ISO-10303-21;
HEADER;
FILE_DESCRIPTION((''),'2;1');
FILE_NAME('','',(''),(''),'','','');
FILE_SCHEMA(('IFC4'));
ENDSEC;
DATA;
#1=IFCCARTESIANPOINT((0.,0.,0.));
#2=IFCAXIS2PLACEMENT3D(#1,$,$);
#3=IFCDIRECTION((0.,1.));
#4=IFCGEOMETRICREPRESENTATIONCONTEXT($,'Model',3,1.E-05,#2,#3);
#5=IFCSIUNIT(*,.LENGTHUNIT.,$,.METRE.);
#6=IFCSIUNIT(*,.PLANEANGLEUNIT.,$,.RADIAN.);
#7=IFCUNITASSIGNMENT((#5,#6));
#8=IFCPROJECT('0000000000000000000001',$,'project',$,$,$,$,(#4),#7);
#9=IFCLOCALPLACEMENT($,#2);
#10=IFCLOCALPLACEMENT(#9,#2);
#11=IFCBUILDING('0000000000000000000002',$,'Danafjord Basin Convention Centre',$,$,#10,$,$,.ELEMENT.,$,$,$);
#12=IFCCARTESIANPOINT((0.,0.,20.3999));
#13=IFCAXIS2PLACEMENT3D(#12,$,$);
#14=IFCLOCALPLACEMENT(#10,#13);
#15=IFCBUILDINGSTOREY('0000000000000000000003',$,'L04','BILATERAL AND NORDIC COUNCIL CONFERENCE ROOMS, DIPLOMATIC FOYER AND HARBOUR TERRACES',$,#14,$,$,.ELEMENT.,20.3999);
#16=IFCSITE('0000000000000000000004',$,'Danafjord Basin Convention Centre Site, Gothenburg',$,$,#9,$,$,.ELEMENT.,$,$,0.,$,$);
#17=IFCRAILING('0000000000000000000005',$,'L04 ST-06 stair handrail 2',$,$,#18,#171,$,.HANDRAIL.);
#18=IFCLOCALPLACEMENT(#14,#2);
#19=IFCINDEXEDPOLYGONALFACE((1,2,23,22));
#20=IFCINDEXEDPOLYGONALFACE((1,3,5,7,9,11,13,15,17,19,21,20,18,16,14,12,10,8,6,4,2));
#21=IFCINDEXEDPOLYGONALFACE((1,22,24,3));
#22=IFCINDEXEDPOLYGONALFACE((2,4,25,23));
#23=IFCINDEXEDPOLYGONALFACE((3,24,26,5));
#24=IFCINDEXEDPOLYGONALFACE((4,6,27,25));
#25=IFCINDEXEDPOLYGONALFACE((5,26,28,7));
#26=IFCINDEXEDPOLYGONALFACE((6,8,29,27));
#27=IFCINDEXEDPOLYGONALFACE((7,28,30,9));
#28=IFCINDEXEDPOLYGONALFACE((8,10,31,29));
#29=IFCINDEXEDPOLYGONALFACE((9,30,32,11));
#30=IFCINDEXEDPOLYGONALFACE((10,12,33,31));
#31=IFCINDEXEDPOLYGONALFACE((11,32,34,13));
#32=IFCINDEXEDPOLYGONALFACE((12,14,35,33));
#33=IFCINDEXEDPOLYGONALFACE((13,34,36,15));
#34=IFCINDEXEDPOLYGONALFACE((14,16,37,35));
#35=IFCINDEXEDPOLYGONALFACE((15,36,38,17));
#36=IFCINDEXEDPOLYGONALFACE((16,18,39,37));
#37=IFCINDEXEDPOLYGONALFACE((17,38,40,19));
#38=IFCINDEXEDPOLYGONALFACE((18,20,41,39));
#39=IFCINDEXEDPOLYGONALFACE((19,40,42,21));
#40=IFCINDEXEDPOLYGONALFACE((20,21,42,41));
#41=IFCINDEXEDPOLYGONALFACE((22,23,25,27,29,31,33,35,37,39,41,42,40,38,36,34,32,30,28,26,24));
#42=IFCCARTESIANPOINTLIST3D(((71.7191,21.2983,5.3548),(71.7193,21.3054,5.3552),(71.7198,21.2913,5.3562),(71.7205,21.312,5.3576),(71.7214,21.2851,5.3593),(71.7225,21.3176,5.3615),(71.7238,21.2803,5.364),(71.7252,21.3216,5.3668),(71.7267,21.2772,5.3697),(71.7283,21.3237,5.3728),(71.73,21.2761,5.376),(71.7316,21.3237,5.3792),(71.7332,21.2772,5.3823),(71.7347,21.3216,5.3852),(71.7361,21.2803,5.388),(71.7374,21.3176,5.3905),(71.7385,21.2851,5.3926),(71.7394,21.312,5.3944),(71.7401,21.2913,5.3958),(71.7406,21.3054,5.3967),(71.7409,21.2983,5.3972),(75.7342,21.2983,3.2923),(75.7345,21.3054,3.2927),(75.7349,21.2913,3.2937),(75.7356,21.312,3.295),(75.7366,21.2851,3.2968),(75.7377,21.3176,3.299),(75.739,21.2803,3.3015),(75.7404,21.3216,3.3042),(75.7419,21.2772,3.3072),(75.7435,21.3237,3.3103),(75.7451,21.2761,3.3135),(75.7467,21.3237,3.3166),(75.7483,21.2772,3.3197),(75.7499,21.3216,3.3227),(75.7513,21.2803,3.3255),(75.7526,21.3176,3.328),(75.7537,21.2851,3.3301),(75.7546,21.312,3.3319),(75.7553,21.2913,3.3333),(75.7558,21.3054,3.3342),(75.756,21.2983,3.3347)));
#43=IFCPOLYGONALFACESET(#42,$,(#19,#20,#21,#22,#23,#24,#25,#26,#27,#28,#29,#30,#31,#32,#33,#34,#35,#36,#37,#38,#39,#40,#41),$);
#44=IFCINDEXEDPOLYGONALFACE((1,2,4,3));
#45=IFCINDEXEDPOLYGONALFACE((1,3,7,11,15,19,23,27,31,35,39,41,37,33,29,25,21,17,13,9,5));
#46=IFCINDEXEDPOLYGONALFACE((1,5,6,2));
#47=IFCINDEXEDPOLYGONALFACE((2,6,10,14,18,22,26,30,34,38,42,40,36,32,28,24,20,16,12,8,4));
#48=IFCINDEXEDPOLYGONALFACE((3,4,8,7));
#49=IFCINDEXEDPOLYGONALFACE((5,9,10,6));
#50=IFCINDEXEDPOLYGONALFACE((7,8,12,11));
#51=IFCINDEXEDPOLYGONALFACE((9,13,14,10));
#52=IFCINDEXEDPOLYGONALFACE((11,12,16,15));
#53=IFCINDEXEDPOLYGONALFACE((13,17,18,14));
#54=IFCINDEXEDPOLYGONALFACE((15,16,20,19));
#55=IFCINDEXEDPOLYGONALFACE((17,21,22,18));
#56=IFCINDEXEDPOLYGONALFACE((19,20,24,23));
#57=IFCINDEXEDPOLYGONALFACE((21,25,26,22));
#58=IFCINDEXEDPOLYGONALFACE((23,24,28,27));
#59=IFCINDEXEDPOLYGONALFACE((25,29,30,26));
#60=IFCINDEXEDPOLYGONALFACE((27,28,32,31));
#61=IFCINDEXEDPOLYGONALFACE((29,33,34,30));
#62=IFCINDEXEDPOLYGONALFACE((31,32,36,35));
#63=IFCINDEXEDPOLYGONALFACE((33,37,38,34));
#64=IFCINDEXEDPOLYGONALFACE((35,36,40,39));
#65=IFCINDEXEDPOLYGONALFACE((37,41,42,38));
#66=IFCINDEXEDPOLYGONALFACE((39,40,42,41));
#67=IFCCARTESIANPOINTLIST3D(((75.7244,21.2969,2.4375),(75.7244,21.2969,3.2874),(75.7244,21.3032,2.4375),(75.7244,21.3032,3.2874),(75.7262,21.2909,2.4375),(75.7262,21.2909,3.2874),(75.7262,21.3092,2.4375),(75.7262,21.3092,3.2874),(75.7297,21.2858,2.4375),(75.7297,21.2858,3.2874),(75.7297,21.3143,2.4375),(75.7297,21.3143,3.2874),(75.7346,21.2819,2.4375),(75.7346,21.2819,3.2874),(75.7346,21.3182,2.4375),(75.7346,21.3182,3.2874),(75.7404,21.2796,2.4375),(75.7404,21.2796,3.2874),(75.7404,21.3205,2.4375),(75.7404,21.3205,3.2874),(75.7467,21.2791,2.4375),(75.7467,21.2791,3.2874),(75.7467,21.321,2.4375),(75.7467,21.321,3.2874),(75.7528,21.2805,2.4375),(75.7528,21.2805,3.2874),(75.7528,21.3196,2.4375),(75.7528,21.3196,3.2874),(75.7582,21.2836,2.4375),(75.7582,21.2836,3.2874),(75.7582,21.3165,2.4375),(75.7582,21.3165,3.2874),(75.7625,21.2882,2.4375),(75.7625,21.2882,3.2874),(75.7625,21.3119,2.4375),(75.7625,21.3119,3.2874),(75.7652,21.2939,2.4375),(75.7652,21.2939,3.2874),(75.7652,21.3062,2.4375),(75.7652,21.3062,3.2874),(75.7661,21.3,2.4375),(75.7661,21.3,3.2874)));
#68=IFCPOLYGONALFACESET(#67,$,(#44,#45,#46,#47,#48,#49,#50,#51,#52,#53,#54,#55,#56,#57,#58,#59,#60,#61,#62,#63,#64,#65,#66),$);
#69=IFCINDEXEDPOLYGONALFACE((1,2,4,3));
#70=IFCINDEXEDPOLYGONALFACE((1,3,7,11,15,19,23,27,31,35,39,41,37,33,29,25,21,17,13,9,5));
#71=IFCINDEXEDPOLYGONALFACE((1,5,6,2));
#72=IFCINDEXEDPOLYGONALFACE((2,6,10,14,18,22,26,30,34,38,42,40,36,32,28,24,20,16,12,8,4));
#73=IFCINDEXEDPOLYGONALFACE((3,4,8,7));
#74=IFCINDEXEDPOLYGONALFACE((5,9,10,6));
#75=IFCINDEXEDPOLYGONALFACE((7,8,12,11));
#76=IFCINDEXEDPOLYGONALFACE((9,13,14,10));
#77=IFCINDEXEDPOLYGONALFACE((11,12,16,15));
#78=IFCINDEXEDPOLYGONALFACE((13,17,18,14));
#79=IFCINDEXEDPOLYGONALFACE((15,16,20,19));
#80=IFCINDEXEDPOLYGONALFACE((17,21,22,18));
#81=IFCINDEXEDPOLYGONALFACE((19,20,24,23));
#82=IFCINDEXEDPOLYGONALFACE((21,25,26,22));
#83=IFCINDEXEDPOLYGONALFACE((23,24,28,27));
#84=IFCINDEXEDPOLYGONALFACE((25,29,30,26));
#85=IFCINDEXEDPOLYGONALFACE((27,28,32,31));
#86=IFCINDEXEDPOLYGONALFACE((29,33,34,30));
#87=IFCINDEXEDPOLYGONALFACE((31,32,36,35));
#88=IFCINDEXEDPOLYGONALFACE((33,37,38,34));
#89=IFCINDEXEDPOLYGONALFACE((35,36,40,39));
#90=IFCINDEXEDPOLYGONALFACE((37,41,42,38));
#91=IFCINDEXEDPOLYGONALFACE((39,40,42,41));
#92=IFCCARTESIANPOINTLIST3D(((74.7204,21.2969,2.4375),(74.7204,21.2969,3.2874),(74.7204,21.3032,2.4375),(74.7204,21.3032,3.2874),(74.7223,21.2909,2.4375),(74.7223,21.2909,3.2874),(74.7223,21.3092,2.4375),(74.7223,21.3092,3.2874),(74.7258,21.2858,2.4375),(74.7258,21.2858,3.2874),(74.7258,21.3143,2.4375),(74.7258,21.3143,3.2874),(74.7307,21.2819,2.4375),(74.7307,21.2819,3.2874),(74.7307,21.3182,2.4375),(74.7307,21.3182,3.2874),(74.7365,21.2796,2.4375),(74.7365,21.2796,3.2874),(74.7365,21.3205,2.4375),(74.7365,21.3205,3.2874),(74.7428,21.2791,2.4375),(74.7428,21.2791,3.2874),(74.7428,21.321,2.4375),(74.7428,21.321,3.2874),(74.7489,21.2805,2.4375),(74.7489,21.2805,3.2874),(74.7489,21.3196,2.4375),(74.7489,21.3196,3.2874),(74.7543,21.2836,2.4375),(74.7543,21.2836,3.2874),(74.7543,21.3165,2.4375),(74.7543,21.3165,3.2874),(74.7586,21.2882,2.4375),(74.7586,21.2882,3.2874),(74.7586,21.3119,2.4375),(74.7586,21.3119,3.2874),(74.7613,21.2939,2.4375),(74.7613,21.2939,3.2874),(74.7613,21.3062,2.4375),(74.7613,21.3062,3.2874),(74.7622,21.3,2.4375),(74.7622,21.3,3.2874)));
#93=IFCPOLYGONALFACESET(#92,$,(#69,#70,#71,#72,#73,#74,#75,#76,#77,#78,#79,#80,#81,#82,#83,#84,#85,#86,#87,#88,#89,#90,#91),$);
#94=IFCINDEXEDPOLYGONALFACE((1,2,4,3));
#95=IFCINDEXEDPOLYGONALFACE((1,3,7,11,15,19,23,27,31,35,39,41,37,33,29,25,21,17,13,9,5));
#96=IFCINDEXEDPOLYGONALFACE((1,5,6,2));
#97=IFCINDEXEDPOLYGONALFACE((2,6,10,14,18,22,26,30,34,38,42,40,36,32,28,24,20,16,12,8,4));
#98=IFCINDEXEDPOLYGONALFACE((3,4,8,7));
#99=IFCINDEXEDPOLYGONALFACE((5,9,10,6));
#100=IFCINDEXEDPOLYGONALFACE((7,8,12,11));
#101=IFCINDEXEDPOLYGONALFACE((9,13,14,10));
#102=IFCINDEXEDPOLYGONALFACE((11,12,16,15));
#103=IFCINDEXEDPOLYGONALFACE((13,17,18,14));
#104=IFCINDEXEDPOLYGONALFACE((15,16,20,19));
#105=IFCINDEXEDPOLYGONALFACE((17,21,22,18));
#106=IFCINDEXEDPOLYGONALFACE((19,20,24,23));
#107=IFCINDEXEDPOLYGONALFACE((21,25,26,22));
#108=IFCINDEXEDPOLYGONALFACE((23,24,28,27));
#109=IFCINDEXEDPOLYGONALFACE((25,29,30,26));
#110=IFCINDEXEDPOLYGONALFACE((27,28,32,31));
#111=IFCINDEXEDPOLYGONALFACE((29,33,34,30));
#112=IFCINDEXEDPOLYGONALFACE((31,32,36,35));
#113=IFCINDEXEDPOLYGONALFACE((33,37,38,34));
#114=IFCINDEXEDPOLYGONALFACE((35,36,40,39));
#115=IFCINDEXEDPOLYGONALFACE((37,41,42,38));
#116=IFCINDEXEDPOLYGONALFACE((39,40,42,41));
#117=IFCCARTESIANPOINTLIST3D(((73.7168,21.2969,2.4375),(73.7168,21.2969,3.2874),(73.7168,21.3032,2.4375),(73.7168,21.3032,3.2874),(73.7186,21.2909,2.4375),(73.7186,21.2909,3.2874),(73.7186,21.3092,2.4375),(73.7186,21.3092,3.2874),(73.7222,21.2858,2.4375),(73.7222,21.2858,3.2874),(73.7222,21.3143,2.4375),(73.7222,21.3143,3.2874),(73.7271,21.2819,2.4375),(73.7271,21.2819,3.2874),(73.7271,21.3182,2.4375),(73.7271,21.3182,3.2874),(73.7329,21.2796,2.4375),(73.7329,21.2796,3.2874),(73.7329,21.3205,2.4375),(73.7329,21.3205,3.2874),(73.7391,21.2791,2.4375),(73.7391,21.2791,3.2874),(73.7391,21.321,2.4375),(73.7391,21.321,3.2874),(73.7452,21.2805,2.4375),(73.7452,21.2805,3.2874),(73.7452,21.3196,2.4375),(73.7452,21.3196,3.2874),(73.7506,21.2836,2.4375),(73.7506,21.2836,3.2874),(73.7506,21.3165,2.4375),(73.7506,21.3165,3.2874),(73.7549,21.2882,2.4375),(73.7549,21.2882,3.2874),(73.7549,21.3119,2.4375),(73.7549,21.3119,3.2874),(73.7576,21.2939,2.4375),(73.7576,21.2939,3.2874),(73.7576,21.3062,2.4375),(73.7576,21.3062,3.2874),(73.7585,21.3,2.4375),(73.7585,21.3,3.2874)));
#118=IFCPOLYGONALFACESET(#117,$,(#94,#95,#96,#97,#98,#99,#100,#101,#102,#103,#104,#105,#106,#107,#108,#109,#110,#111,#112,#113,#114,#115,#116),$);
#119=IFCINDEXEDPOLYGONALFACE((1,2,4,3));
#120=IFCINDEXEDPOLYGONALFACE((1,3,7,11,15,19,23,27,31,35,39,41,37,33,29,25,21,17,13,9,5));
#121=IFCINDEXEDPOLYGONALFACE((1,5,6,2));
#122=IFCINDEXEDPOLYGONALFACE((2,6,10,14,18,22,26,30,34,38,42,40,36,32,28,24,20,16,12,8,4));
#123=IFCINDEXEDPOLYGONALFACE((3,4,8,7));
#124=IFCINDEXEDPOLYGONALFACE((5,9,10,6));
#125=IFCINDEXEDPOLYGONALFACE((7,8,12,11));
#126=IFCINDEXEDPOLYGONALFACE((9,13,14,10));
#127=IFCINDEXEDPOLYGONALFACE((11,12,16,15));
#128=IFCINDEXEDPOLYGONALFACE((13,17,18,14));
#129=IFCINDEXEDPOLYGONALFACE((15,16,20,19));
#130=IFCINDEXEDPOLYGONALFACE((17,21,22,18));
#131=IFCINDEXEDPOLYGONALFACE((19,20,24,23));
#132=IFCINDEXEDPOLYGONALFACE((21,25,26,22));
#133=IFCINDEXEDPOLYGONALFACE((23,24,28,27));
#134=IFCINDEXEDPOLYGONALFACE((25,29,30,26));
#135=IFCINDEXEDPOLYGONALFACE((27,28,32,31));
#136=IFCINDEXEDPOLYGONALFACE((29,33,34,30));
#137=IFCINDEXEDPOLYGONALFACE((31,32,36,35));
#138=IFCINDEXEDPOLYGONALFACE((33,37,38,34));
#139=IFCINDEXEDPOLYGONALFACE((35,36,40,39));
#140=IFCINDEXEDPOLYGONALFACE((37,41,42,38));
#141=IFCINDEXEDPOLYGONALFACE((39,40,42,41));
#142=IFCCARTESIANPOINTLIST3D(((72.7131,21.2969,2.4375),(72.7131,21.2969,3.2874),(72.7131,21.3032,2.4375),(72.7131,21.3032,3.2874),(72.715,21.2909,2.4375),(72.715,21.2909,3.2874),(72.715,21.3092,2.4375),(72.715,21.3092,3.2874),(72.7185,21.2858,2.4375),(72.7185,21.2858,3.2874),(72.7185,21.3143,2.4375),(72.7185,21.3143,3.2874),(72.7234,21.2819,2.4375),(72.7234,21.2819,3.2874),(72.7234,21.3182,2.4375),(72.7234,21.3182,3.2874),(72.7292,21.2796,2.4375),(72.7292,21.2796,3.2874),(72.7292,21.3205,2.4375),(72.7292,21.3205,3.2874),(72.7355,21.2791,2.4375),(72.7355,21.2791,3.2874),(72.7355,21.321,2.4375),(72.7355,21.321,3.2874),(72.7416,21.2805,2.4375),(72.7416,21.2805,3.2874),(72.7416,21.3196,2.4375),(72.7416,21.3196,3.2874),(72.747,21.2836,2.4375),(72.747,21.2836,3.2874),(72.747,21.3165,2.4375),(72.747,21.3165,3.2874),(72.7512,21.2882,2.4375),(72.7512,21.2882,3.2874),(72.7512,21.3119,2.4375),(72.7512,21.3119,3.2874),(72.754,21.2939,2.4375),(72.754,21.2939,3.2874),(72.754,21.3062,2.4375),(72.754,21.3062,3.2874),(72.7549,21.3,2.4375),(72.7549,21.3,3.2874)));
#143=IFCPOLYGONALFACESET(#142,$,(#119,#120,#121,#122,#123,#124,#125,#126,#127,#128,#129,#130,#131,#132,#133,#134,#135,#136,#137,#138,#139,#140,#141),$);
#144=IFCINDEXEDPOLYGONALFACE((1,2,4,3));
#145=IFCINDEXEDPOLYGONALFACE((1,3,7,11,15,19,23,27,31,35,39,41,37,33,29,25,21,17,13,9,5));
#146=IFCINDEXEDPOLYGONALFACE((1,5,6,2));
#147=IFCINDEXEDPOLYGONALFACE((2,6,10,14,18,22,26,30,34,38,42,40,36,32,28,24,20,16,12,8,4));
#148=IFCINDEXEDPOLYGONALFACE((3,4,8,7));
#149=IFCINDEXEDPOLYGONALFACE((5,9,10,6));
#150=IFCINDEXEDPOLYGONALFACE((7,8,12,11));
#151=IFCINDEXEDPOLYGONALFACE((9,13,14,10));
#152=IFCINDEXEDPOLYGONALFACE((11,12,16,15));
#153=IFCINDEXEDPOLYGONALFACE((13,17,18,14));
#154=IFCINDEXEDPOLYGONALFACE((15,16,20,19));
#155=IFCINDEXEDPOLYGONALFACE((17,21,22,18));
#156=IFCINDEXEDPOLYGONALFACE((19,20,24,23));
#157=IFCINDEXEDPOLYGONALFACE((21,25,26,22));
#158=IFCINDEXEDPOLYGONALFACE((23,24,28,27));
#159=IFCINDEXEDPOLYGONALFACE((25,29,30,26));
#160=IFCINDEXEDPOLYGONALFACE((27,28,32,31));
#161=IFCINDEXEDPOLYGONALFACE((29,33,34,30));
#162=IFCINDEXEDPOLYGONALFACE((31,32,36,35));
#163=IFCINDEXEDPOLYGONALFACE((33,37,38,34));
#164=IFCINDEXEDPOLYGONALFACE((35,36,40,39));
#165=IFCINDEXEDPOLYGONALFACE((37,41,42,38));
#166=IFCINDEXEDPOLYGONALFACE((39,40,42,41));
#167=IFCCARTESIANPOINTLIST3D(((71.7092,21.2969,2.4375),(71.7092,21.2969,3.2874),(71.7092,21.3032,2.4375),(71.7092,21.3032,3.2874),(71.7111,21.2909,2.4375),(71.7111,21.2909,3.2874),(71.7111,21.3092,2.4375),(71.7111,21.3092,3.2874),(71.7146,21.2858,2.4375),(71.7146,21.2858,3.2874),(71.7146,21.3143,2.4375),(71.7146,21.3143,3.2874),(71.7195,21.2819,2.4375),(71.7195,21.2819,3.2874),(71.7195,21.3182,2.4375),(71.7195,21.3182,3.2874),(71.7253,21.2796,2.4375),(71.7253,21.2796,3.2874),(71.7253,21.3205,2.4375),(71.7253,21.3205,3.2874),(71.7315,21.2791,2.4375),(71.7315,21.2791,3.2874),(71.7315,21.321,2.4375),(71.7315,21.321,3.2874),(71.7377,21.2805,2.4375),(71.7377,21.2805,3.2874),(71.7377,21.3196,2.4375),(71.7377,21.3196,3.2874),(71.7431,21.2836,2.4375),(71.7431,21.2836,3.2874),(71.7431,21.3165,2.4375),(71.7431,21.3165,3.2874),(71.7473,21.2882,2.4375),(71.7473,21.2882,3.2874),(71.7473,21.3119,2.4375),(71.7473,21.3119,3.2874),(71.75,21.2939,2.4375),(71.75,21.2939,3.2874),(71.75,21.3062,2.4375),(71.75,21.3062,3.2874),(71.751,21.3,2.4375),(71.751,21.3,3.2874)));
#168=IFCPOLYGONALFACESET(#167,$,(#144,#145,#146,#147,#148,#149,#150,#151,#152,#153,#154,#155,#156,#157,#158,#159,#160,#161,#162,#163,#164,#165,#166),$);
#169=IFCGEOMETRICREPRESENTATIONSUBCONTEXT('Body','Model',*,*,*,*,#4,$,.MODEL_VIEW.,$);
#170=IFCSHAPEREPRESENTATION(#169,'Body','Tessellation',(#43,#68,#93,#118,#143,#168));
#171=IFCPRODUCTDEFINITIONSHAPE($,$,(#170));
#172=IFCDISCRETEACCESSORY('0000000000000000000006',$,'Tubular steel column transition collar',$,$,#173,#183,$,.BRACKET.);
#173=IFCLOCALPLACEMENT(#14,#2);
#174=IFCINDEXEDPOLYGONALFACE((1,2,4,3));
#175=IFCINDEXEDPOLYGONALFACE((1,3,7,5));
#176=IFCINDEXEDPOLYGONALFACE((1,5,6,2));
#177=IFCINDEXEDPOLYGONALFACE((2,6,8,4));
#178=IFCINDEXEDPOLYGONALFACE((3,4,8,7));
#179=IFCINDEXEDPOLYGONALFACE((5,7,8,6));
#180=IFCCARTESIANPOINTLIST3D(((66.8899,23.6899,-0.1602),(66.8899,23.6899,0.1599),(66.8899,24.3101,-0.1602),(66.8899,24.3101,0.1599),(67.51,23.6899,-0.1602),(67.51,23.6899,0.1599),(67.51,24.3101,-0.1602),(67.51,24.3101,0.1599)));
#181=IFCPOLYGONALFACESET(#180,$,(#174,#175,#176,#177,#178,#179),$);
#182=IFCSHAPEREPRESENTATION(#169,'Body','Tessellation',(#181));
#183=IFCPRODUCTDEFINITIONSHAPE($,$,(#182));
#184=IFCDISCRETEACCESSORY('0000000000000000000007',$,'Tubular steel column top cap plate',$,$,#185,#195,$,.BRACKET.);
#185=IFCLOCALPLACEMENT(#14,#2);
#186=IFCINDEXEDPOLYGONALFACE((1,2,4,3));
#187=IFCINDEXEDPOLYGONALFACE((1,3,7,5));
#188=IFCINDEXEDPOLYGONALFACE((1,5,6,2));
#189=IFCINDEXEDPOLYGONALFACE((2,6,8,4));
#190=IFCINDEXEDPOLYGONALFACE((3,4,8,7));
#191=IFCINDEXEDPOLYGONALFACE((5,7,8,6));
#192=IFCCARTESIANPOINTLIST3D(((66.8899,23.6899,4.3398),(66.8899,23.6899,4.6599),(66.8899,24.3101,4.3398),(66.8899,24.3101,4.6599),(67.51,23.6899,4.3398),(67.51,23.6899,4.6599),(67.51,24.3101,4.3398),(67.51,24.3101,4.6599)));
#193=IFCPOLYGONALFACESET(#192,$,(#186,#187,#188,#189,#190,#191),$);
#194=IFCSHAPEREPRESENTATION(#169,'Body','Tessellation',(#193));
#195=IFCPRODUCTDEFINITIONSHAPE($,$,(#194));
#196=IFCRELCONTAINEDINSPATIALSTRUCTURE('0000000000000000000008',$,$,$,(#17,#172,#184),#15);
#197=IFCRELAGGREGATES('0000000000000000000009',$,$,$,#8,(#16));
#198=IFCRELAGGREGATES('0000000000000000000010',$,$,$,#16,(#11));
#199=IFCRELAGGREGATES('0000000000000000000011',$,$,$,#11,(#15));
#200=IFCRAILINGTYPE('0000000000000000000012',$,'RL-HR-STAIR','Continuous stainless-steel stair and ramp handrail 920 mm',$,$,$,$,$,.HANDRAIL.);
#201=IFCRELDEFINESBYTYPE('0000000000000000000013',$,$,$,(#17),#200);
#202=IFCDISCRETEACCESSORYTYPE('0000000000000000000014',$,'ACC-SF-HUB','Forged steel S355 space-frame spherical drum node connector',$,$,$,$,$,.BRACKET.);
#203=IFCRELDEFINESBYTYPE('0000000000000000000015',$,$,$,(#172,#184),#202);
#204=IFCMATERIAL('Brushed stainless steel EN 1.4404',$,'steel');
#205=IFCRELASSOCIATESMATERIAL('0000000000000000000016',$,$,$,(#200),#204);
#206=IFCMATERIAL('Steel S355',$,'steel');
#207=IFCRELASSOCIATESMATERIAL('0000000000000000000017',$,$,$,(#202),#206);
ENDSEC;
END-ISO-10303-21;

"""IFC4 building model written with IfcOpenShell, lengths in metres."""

from ifc_helpers import new_model, si_unit, direction, frame, origin, origin_2d, place, context, subcontext, project, spatial, rectangle, circle, extrude, material, type_object, element, save


model = new_model("IFC4")

# Units and contexts
model_context = context("Model", 3, precision=1e-05, world=origin(), true_north=direction((0.0, 1.0)))
body_context = subcontext(model_context, "Body", "Model", "MODEL_VIEW")
ifc_project = project(units=[si_unit("LENGTHUNIT", "METRE"), si_unit("PLANEANGLEUNIT", "RADIAN")], contexts=[model_context])

# Site, building, storey
site_placement = place(None, origin())
site = spatial("IfcSite", under=ifc_project, at=site_placement, Name="Danafjord Basin Convention Centre Site, Gothenburg", CompositionType="ELEMENT", RefElevation=0.0)
building_placement = place(site_placement, origin())
building = spatial("IfcBuilding", under=site, at=building_placement, Name="Danafjord Basin Convention Centre", CompositionType="ELEMENT")
storey_placement = place(building_placement, frame((0.0, 0.0, 20.3999)))
storey = spatial("IfcBuildingStorey", under=building, at=storey_placement, Name="L04", Description="BILATERAL AND NORDIC COUNCIL CONFERENCE ROOMS, DIPLOMATIC FOYER AND HARBOUR TERRACES", CompositionType="ELEMENT", Elevation=20.3999)

# Shared definitions
ifc_material_1 = material(Name="Steel S355", Category="steel")

# Railing
ifc_material_2 = material(Name="Brushed stainless steel EN 1.4404", Category="steel")
railing_type_1 = type_object("IfcRailingType", Name="RL-HR-STAIR", Description="Continuous stainless-steel stair and ramp handrail 920 mm", PredefinedType="HANDRAIL", material=ifc_material_2)
railing_1_placement = place(storey_placement, frame((75.7451, 21.3, 2.4375)))
element("IfcRailing", 1, at=railing_1_placement, inside=storey, type_object=railing_type_1, Name="L04 ST-06 stair handrail 2", PredefinedType="HANDRAIL", context=body_context, shape_type="SweptSolid", body=[
    extrude(circle(Radius=0.0239, at=origin_2d()), frame((0.0, 0.0, 0.876), z_axis=(-0.889506, 0.0, 0.456923), x_axis=(0.0, -1.0, 0.0)), (0.0, 0.0, 1.0), 4.5139),
    extrude(circle(Radius=0.021, at=origin_2d()), origin(), (0.0, 0.0, 1.0), 0.8499),
    extrude(circle(Radius=0.021, at=origin_2d()), frame((-1.0039, 0.0, 0.0)), (0.0, 0.0, 1.0), 0.8499),
    extrude(circle(Radius=0.021, at=origin_2d()), frame((-2.0076, 0.0, 0.0)), (0.0, 0.0, 1.0), 0.8499),
    extrude(circle(Radius=0.021, at=origin_2d()), frame((-3.0112, 0.0, 0.0)), (0.0, 0.0, 1.0), 0.8499),
    extrude(circle(Radius=0.021, at=origin_2d()), frame((-4.0151, 0.0, 0.0)), (0.0, 0.0, 1.0), 0.8499),
])

# Discrete accessories
discrete_accessory_type = type_object("IfcDiscreteAccessoryType", Name="ACC-SF-HUB", Description="Forged steel S355 space-frame spherical drum node connector", PredefinedType="BRACKET", material=ifc_material_1)
for number, where, z_axis, x_axis, name in (
    (2, (67.2, 24.0, -0.1602), (0.0, 0.0, 1.0), (1.0, 0.0, 0.0), "Tubular steel column transition collar"),
    (3, (67.2, 24.0, 4.3398), (0.0, 0.0, 1.0), (1.0, 0.0, 0.0), "Tubular steel column top cap plate"),
):
    element("IfcDiscreteAccessory", number, at=place(storey_placement, frame(where, z_axis=z_axis, x_axis=x_axis)), inside=storey, type_object=discrete_accessory_type, Name=name, PredefinedType="BRACKET", context=body_context, shape_type="SweptSolid", body=[
        extrude(rectangle(XDim=0.6201, YDim=0.6201, at=origin_2d()), origin(), (0.0, 0.0, 1.0), 0.3201),
    ])

save(model, "model.ifc")
